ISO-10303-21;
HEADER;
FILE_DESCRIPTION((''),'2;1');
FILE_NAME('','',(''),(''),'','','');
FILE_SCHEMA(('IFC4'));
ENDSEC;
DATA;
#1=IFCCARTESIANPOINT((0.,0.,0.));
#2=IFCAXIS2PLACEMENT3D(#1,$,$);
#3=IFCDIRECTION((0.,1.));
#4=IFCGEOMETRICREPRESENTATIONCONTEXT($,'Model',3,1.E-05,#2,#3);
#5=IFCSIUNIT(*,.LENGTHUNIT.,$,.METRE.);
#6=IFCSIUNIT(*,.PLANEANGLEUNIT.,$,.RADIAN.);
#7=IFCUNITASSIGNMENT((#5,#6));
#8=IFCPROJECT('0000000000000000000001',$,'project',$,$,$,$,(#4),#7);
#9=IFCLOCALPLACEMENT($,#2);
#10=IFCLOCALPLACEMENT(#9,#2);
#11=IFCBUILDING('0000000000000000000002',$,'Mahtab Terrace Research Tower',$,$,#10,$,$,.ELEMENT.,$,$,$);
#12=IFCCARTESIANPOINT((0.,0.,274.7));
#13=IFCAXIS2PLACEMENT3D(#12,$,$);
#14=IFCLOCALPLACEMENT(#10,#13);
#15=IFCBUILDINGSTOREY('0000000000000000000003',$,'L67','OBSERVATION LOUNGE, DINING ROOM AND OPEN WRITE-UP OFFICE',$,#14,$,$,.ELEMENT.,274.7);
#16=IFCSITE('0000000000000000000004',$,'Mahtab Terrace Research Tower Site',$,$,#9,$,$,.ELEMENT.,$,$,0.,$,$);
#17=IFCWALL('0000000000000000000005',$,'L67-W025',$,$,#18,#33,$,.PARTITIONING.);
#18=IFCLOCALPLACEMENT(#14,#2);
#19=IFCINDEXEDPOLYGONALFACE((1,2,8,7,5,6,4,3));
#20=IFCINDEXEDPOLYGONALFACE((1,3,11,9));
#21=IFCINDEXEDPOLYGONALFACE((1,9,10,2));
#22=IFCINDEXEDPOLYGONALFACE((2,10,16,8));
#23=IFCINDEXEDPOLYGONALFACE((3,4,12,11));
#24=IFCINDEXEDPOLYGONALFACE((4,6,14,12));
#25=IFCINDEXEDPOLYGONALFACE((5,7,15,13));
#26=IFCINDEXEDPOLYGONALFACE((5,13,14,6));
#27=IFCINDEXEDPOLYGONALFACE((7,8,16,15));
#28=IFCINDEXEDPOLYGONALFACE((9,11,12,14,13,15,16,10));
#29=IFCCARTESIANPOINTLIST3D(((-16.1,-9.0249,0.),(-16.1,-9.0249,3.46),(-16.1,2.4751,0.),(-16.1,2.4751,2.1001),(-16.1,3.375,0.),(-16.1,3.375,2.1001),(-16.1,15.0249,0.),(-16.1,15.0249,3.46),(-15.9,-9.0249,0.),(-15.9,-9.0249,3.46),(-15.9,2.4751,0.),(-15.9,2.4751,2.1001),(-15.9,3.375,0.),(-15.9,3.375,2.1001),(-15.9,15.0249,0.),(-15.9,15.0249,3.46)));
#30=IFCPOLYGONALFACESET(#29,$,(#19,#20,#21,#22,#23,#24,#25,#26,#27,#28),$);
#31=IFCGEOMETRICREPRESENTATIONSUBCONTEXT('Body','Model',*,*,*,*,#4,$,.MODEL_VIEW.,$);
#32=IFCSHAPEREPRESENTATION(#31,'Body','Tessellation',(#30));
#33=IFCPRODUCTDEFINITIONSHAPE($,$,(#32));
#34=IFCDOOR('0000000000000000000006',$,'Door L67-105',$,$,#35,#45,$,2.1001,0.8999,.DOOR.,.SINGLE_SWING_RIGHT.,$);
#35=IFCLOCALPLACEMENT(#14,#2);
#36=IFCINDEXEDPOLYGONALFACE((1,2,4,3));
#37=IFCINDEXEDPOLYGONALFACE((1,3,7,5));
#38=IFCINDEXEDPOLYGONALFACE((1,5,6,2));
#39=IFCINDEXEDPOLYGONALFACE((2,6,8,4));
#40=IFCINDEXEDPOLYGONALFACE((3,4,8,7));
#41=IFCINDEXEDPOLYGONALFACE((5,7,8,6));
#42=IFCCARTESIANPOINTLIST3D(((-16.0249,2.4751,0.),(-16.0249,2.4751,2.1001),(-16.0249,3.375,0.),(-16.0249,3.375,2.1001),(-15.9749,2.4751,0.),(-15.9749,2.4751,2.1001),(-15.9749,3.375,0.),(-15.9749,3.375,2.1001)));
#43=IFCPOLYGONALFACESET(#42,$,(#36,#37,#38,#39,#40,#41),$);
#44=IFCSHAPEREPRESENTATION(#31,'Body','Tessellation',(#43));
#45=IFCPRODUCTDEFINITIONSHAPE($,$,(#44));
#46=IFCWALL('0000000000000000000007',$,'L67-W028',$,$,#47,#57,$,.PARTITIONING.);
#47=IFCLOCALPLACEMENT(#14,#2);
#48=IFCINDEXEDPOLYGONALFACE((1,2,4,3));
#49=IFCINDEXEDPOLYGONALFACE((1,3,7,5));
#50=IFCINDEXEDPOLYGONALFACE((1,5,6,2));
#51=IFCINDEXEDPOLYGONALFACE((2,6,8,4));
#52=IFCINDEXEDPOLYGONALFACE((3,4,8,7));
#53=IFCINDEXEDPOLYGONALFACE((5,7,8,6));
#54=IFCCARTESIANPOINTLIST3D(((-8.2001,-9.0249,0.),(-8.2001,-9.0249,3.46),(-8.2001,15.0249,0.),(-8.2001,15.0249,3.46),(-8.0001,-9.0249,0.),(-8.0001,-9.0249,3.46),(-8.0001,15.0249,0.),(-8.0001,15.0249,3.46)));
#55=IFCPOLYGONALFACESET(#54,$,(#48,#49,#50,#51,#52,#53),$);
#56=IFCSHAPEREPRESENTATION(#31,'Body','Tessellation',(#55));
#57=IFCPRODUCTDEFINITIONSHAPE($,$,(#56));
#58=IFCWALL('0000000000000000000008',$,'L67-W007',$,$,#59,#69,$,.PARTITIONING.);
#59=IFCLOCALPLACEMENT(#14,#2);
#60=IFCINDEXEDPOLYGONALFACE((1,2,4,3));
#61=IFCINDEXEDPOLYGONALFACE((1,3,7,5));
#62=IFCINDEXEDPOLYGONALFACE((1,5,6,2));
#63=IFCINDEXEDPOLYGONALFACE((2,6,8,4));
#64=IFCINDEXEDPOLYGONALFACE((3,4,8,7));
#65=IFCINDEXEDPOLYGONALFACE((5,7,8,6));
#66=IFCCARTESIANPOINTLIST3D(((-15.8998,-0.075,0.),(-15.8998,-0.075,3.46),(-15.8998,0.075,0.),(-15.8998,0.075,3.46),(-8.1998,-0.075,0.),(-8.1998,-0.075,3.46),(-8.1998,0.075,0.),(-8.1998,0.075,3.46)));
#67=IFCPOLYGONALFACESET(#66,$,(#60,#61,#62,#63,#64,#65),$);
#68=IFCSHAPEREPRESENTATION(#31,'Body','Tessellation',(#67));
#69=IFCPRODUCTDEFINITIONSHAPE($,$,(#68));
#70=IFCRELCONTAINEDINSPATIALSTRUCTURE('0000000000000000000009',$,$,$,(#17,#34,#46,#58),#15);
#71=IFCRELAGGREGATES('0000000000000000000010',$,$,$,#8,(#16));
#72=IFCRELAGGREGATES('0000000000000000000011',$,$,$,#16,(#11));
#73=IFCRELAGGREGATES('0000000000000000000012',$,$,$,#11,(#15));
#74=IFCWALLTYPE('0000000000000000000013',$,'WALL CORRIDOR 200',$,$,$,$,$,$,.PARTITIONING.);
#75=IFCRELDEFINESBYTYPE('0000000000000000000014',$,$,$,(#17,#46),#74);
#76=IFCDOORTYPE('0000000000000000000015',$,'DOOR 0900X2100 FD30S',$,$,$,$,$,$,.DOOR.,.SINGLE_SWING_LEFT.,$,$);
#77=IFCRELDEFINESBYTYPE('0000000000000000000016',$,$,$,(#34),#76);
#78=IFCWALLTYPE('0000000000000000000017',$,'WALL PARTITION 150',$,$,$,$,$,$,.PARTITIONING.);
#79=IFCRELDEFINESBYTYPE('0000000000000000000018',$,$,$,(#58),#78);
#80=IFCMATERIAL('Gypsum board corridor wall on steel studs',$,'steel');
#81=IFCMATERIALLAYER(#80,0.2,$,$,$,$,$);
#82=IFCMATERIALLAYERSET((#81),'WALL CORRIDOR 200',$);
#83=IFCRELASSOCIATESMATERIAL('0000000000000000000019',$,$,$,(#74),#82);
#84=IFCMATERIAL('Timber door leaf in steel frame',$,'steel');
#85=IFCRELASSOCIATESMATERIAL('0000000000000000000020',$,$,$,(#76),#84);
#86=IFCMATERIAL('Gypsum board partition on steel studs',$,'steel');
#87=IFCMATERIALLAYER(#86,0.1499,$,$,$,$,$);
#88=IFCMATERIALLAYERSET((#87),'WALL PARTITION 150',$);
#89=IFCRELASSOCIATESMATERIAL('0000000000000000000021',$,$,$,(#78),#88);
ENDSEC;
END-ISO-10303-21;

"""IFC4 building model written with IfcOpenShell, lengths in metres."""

from ifc_helpers import new_model, si_unit, direction, frame, frame_2d, origin, place, context, subcontext, project, spatial, rectangle, extrude, material, layer, layer_set, type_object, element, fill, save


model = new_model("IFC4")

# Units and contexts
model_context = context("Model", 3, precision=1e-05, world=origin(), true_north=direction((0.0, 1.0)))
body_context = subcontext(model_context, "Body", "Model", "MODEL_VIEW")
ifc_project = project(units=[si_unit("LENGTHUNIT", "METRE"), si_unit("PLANEANGLEUNIT", "RADIAN")], contexts=[model_context])

# Site, building, storey
site_placement = place(None, origin())
site = spatial("IfcSite", under=ifc_project, at=site_placement, Name="Mahtab Terrace Research Tower Site", CompositionType="ELEMENT", RefElevation=0.0)
building_placement = place(site_placement, origin())
building = spatial("IfcBuilding", under=site, at=building_placement, Name="Mahtab Terrace Research Tower", CompositionType="ELEMENT")
storey_placement = place(building_placement, frame((0.0, 0.0, 274.7)))
storey = spatial("IfcBuildingStorey", under=building, at=storey_placement, Name="L67", Description="OBSERVATION LOUNGE, DINING ROOM AND OPEN WRITE-UP OFFICE", CompositionType="ELEMENT", Elevation=274.7)

# Wall, opening, door
ifc_material_1 = material(Name="Gypsum board corridor wall on steel studs", Category="steel")
ifc_layer_1 = layer(ifc_material_1, 0.2)
ifc_layer_set_1 = layer_set([ifc_layer_1], Name="WALL CORRIDOR 200")
wall_type_1 = type_object("IfcWallType", Name="WALL CORRIDOR 200", PredefinedType="PARTITIONING", material=ifc_layer_set_1)
ifc_material_2 = material(Name="Timber door leaf in steel frame", Category="steel")
door_type_1 = type_object("IfcDoorType", Name="DOOR 0900X2100 FD30S", OperationType="SINGLE_SWING_LEFT", PredefinedType="DOOR", material=ifc_material_2)
wall_1_placement = place(storey_placement, frame((-16.0, -9.0249, 0.0), z_axis=(0.0, 0.0, 1.0), x_axis=(0.0, 1.0, 0.0)))
wall_1 = element("IfcWall", 1, at=wall_1_placement, inside=storey, type_object=wall_type_1, Name="L67-W025", PredefinedType="PARTITIONING", context=body_context, shape_type="SweptSolid", body=[
    extrude(rectangle(XDim=24.0498, YDim=0.2, at=frame_2d((12.0249, 0.0))), origin(), (0.0, 0.0, 1.0), 3.46),
])
opening_1_placement = place(wall_1_placement, frame((11.5, 0.0, 0.0)))
opening_1 = element("IfcOpeningElement", 2, at=opening_1_placement, cuts=wall_1, PredefinedType="OPENING", context=body_context, shape_type="SweptSolid", body=[
    extrude(rectangle(XDim=0.8999, YDim=2.1001, at=frame_2d((0.45, 1.05))), frame((0.0, 0.1099, 0.0), z_axis=(0.0, -1.0, 0.0), x_axis=(1.0, 0.0, 0.0)), (0.0, 0.0, 1.0), 0.22),
])
door_1_placement = place(opening_1_placement, origin())
door_1 = element("IfcDoor", 3, at=door_1_placement, inside=storey, type_object=door_type_1, Name="Door L67-105", OperationType="SINGLE_SWING_RIGHT", OverallHeight=2.1001, OverallWidth=0.8999, PredefinedType="DOOR", context=body_context, shape_type="SweptSolid", body=[
    extrude(rectangle(XDim=0.8999, YDim=2.1001, at=frame_2d((0.45, 1.05))), frame((0.0, 0.0249, 0.0), z_axis=(0.0, -1.0, 0.0), x_axis=(1.0, 0.0, 0.0)), (0.0, 0.0, 1.0), 0.05),
])
fill(opening_1, door_1)

# Walls
wall_2_placement = place(storey_placement, frame((-8.1001, -9.0249, 0.0), z_axis=(0.0, 0.0, 1.0), x_axis=(0.0, 1.0, 0.0)))
element("IfcWall", 4, at=wall_2_placement, inside=storey, type_object=wall_type_1, Name="L67-W028", PredefinedType="PARTITIONING", context=body_context, shape_type="SweptSolid", body=[
    extrude(rectangle(XDim=24.0498, YDim=0.2, at=frame_2d((12.0249, 0.0))), origin(), (0.0, 0.0, 1.0), 3.46),
])
ifc_material_3 = material(Name="Gypsum board partition on steel studs", Category="steel")
ifc_layer_2 = layer(ifc_material_3, 0.1499)
ifc_layer_set_2 = layer_set([ifc_layer_2], Name="WALL PARTITION 150")
wall_type_2 = type_object("IfcWallType", Name="WALL PARTITION 150", PredefinedType="PARTITIONING", material=ifc_layer_set_2)
wall_3_placement = place(storey_placement, frame((-15.8999, 0.0, 0.0), z_axis=(0.0, 0.0, 1.0), x_axis=(1.0, 0.0, 0.0)))
element("IfcWall", 5, at=wall_3_placement, inside=storey, type_object=wall_type_2, Name="L67-W007", PredefinedType="PARTITIONING", context=body_context, shape_type="SweptSolid", body=[
    extrude(rectangle(XDim=7.7, YDim=0.1499, at=frame_2d((3.8501, 0.0))), origin(), (0.0, 0.0, 1.0), 3.46),
])

save(model, "model.ifc")
